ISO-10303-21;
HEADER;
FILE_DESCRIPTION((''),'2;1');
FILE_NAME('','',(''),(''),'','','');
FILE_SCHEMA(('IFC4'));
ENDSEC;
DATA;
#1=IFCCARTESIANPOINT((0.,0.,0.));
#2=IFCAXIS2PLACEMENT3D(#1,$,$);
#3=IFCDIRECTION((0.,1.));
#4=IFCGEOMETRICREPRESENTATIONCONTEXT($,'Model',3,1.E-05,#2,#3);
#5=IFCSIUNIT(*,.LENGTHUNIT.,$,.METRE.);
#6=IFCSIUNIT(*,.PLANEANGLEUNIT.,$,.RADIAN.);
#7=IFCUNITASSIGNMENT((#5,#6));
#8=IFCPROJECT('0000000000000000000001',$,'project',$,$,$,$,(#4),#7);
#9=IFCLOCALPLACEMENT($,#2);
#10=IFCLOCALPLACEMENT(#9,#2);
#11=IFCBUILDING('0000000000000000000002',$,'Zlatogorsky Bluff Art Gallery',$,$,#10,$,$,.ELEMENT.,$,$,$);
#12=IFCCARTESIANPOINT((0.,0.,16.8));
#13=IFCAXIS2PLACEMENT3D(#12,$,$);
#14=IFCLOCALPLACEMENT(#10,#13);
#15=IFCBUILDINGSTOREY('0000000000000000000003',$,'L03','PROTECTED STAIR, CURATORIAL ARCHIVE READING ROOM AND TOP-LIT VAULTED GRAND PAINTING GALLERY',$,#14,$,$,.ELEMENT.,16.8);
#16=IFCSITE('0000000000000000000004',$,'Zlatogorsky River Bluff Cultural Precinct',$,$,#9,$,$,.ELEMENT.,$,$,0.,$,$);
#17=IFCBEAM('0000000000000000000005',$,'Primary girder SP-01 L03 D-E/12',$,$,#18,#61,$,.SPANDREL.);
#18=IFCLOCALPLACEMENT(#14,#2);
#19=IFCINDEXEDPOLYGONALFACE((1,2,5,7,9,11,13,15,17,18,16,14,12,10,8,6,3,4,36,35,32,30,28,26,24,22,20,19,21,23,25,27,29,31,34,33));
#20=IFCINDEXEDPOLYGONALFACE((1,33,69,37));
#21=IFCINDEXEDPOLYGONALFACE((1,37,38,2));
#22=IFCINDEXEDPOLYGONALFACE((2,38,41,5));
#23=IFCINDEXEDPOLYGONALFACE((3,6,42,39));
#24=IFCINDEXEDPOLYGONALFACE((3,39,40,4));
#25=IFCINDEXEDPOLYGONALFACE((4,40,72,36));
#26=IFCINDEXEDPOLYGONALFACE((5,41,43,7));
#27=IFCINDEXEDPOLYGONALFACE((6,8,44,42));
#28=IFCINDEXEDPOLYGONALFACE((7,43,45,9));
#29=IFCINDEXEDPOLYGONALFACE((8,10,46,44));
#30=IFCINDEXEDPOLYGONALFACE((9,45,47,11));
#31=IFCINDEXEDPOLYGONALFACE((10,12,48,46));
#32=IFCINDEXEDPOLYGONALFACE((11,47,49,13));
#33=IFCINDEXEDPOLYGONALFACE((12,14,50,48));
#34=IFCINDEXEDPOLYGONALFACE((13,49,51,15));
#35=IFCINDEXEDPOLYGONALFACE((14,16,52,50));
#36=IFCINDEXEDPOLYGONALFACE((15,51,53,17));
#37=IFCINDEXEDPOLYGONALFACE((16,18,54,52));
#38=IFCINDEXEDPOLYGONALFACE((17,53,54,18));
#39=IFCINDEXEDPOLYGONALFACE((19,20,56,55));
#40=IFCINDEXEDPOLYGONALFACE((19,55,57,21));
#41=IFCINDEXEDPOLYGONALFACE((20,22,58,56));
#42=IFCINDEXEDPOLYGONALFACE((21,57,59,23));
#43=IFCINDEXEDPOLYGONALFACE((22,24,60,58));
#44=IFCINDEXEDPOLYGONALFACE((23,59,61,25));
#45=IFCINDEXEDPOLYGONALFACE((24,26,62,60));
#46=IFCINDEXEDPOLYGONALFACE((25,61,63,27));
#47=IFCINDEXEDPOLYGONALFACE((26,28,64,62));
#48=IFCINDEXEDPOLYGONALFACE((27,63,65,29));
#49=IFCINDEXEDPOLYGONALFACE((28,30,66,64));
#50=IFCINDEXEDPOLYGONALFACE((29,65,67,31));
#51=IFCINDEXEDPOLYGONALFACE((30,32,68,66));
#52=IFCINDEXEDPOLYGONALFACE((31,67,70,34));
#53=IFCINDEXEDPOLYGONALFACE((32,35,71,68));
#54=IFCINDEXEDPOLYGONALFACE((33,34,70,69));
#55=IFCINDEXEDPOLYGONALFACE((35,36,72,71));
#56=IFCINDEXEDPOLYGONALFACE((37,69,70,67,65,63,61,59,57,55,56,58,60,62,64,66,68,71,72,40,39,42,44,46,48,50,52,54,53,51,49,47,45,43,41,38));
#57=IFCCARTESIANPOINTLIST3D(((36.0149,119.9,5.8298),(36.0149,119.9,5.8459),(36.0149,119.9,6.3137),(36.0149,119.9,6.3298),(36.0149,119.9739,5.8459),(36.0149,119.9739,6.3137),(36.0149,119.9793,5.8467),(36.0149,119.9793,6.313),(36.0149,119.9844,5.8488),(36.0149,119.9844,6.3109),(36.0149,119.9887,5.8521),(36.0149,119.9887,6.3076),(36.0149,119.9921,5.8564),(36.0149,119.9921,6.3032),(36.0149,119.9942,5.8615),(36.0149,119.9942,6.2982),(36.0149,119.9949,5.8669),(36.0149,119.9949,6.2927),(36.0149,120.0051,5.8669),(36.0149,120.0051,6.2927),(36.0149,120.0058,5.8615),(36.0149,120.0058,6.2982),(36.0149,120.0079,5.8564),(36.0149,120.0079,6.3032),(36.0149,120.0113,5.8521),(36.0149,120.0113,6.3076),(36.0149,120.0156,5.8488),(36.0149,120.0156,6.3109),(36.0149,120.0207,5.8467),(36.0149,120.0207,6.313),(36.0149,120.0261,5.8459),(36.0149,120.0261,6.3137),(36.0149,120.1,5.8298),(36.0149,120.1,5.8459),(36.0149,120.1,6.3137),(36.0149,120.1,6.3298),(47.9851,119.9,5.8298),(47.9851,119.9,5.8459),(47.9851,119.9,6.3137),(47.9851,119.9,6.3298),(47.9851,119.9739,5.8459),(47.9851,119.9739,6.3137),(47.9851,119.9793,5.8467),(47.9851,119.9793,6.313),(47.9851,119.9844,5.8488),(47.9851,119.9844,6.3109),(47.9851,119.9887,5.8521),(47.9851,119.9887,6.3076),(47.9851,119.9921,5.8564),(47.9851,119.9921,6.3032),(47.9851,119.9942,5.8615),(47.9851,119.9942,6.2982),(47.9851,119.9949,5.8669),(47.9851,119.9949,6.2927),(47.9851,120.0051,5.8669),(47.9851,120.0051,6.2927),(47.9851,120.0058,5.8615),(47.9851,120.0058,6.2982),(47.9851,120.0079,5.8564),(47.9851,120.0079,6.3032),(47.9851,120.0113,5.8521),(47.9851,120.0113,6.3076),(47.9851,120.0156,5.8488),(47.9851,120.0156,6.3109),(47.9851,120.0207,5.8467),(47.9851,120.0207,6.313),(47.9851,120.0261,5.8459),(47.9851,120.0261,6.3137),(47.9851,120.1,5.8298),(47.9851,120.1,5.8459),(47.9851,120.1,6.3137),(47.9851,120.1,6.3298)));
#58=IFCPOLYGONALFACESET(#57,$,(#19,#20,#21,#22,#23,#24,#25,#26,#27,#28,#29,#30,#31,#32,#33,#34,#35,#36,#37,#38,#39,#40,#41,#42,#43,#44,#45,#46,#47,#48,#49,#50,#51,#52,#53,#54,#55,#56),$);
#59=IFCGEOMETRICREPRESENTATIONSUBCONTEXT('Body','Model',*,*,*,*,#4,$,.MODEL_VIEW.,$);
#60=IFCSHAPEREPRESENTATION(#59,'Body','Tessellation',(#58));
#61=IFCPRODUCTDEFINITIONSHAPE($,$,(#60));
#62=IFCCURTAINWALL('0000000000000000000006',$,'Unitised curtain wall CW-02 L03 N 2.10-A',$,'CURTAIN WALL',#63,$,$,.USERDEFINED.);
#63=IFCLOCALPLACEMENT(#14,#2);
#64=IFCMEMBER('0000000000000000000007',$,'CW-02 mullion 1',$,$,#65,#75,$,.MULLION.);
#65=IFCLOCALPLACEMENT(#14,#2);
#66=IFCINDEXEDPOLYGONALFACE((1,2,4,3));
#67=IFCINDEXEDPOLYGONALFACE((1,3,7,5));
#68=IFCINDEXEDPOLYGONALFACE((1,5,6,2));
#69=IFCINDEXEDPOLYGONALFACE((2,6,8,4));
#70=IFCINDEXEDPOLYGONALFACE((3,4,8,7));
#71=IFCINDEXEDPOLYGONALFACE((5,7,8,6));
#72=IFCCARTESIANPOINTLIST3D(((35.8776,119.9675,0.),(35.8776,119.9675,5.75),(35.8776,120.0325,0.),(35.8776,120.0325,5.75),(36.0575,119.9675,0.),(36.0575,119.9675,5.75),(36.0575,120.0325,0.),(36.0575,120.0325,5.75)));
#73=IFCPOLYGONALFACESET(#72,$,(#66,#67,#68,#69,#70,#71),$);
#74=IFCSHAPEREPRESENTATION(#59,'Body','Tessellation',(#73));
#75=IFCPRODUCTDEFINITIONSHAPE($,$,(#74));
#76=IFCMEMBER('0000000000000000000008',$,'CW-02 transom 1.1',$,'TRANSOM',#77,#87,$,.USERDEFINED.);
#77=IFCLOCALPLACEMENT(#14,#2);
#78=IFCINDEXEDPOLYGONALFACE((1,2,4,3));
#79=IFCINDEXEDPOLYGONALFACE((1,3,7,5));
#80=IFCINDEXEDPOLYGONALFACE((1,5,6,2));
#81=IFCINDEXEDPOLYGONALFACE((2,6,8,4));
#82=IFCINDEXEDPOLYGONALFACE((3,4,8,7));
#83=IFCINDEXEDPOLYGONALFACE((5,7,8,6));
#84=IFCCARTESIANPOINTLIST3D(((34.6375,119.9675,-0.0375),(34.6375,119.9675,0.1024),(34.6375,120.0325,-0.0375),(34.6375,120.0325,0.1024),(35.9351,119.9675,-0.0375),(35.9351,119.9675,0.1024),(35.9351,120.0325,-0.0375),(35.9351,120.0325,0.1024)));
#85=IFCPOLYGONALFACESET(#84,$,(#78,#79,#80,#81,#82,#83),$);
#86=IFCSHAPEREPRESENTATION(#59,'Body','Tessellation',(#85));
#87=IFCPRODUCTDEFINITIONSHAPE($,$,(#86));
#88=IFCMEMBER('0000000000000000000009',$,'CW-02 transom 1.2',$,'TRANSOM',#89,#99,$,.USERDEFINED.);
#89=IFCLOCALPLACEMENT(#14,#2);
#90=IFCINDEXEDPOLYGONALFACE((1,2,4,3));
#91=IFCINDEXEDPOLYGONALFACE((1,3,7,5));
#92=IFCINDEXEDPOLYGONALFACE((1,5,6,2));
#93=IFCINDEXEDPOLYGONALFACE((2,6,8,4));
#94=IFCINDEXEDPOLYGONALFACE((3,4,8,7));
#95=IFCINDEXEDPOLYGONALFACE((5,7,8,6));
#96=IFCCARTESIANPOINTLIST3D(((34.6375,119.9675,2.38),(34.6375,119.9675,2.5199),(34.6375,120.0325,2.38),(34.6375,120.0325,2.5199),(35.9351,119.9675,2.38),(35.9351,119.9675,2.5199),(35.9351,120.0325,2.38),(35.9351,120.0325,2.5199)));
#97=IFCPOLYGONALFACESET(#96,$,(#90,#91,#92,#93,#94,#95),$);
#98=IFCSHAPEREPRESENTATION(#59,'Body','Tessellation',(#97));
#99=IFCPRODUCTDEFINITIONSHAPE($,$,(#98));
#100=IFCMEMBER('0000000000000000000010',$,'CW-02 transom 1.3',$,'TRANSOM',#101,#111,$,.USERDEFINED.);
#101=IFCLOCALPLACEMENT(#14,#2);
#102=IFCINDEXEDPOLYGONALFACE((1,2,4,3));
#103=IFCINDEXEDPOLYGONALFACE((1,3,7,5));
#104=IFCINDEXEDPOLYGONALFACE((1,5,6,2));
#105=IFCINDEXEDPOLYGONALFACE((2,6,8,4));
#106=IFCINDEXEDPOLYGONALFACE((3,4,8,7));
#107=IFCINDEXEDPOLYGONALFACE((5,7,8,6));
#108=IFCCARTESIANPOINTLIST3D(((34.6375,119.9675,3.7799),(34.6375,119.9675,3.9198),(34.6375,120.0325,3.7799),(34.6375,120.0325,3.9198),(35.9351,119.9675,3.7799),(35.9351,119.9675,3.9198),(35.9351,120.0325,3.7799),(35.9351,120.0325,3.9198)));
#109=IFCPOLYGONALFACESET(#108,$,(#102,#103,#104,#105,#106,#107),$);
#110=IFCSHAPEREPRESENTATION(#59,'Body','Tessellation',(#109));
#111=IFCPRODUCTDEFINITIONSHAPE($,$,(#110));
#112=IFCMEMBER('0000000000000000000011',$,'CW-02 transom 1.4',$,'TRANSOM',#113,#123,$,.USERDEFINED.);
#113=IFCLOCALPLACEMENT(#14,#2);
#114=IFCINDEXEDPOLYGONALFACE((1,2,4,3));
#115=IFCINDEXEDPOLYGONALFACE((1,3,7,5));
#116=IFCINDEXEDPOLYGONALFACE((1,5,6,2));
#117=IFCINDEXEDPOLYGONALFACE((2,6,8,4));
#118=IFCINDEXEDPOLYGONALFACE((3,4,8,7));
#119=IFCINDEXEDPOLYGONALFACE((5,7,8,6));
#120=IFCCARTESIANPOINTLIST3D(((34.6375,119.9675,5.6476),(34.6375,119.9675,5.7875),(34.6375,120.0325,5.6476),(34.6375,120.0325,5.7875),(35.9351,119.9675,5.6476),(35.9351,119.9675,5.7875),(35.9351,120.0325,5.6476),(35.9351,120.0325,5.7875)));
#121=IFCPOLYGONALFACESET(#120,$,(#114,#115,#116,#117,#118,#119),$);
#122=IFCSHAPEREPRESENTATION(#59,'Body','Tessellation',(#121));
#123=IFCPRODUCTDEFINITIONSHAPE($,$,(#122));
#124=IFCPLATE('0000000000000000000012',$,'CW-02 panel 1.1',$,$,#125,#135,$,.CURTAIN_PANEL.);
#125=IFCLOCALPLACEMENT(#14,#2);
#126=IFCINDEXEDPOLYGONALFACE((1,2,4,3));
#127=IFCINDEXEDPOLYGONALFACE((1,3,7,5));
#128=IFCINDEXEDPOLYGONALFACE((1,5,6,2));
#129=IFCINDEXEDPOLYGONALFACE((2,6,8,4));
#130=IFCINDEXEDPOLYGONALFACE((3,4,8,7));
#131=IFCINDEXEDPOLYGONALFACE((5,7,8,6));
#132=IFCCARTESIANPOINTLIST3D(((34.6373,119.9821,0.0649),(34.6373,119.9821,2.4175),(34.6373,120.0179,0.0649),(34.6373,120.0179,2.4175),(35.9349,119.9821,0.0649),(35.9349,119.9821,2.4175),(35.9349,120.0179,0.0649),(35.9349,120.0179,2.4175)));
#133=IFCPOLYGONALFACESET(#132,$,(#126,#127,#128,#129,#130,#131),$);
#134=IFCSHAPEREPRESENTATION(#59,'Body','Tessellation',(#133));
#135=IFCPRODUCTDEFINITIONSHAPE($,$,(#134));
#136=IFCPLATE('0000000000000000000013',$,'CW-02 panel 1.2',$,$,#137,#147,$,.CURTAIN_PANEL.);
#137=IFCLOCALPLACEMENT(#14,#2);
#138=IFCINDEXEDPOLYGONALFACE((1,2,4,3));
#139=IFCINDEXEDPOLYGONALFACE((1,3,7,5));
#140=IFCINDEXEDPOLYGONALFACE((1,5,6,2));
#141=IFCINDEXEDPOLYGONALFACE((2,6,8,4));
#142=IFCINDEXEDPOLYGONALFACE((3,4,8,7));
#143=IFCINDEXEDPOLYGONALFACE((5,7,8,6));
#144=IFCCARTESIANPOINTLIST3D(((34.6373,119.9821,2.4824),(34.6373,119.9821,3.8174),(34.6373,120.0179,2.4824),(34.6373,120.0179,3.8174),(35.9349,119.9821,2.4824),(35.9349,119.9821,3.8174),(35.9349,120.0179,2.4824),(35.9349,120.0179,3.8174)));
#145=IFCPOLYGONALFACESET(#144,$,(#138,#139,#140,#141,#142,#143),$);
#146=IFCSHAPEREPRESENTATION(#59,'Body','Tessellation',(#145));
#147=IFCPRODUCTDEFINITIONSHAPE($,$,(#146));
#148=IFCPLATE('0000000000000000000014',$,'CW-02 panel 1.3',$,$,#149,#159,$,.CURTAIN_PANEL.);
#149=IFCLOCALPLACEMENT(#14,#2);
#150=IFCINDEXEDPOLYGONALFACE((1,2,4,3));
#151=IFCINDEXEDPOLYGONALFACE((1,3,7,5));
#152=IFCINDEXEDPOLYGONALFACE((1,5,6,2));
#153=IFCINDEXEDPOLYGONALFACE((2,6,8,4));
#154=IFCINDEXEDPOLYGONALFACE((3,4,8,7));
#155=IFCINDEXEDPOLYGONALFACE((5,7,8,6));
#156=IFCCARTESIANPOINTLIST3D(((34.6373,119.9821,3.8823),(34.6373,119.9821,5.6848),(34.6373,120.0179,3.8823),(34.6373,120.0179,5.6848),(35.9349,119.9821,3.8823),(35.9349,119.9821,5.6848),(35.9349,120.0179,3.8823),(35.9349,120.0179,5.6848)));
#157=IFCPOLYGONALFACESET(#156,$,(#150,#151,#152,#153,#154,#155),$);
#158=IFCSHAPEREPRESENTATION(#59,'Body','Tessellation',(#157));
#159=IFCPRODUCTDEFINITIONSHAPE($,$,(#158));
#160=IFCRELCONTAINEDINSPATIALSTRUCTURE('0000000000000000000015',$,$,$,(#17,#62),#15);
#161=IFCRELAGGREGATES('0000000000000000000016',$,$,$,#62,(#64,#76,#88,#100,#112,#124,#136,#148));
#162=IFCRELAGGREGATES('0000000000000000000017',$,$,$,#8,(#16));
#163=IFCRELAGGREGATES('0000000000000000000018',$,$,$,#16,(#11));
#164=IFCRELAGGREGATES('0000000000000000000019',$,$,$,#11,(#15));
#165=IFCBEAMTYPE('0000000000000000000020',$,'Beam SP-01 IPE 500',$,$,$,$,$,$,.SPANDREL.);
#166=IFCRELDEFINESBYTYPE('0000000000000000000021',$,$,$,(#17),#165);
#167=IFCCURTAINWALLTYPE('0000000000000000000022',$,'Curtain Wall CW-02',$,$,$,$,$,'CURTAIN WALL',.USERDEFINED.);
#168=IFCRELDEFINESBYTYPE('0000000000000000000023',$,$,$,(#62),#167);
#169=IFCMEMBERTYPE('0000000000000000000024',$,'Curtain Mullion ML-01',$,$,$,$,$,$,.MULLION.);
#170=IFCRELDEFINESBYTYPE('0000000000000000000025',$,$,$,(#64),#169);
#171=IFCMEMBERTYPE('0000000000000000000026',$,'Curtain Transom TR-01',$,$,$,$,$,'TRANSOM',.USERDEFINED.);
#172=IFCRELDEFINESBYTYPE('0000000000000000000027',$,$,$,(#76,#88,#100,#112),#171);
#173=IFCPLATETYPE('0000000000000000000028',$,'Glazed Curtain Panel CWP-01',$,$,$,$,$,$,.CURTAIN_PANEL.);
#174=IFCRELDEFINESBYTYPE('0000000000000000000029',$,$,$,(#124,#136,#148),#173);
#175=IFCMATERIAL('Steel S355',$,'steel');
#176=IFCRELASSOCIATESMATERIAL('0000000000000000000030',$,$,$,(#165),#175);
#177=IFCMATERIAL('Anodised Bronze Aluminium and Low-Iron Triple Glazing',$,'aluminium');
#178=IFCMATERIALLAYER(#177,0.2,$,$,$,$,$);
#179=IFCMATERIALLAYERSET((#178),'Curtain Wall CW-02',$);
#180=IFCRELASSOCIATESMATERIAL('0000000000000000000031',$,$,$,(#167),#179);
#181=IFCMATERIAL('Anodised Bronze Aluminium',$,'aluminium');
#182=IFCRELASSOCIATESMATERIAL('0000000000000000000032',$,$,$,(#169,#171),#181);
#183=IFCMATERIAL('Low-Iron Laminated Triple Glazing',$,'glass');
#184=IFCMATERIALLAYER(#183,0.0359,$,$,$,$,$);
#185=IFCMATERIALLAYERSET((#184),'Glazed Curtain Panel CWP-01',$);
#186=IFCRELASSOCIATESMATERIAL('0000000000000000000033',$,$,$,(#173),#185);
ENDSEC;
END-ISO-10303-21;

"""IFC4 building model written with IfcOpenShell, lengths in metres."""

from ifc_helpers import new_model, si_unit, direction, frame, origin, origin_2d, place, context, subcontext, project, spatial, rectangle, i_section, extrude, material, layer, layer_set, material_profile, profile_set, type_object, element, aggregate, save


model = new_model("IFC4")

# Units and contexts
model_context = context("Model", 3, precision=1e-05, world=origin(), true_north=direction((0.0, 1.0)))
body_context = subcontext(model_context, "Body", "Model", "MODEL_VIEW")
ifc_project = project(units=[si_unit("LENGTHUNIT", "METRE"), si_unit("PLANEANGLEUNIT", "RADIAN")], contexts=[model_context])

# Site, building, storey
site_placement = place(None, origin())
site = spatial("IfcSite", under=ifc_project, at=site_placement, Name="Zlatogorsky River Bluff Cultural Precinct", CompositionType="ELEMENT", RefElevation=0.0)
building_placement = place(site_placement, origin())
building = spatial("IfcBuilding", under=site, at=building_placement, Name="Zlatogorsky Bluff Art Gallery", CompositionType="ELEMENT")
storey_placement = place(building_placement, frame((0.0, 0.0, 16.8)))
storey = spatial("IfcBuildingStorey", under=building, at=storey_placement, Name="L03", Description="PROTECTED STAIR, CURATORIAL ARCHIVE READING ROOM AND TOP-LIT VAULTED GRAND PAINTING GALLERY", CompositionType="ELEMENT", Elevation=16.8)

# Shared definitions
ifc_material_1 = material(Name="Steel S355", Category="steel")

# Beam
ifc_material_profile_1 = material_profile(ifc_material_1, i_section(OverallWidth=0.2, OverallDepth=0.5, WebThickness=0.0103, FlangeThickness=0.0161, FilletRadius=0.021, at=origin_2d()), Name="IPE 500")
ifc_profile_set_1 = profile_set([ifc_material_profile_1], Name="Steel S355")
beam_type_1 = type_object("IfcBeamType", Name="Beam SP-01 IPE 500", PredefinedType="SPANDREL", material=ifc_profile_set_1)
beam_placement = place(storey_placement, frame((36.0149, 120.0, 6.0798), z_axis=(1.0, 0.0, 0.0), x_axis=(0.0, 1.0, 0.0)))
element("IfcBeam", 1, at=beam_placement, inside=storey, type_object=beam_type_1, Name="Primary girder SP-01 L03 D-E/12", PredefinedType="SPANDREL", context=body_context, shape_type="SweptSolid", body=[
    extrude(i_section(OverallWidth=0.2, OverallDepth=0.5, WebThickness=0.0103, FlangeThickness=0.0161, FilletRadius=0.021, at=origin_2d()), origin(), (0.0, 0.0, 1.0), 11.9702),
])

# Curtain wall, members, plates
ifc_material_2 = material(Name="Anodised Bronze Aluminium and Low-Iron Triple Glazing", Category="aluminium")
ifc_layer_1 = layer(ifc_material_2, 0.2)
ifc_layer_set_1 = layer_set([ifc_layer_1], Name="Curtain Wall CW-02")
curtain_wall_type = type_object("IfcCurtainWallType", Name="Curtain Wall CW-02", ElementType="CURTAIN WALL", PredefinedType="USERDEFINED", material=ifc_layer_set_1)
curtain_wall_placement = place(storey_placement, origin())
curtain_wall = element("IfcCurtainWall", 2, at=curtain_wall_placement, inside=storey, type_object=curtain_wall_type, Name="Unitised curtain wall CW-02 L03 N 2.10-A", ObjectType="CURTAIN WALL", PredefinedType="USERDEFINED")
ifc_material_3 = material(Name="Anodised Bronze Aluminium", Category="aluminium")
ifc_material_profile_2 = material_profile(ifc_material_3, rectangle(XDim=0.0649, YDim=0.1799, at=origin_2d()), Name="ALU MULLION 65x180")
ifc_profile_set_2 = profile_set([ifc_material_profile_2], Name="Anodised Bronze Aluminium")
member_type_1 = type_object("IfcMemberType", Name="Curtain Mullion ML-01", PredefinedType="MULLION", material=ifc_profile_set_2)
member_1_placement = place(storey_placement, frame((35.9675, 120.0, 0.0), z_axis=(0.0, 0.0, 1.0), x_axis=(0.0, -1.0, 0.0)))
member_1 = element("IfcMember", 3, at=member_1_placement, type_object=member_type_1, Name="CW-02 mullion 1", PredefinedType="MULLION", context=body_context, shape_type="SweptSolid", body=[
    extrude(rectangle(XDim=0.0649, YDim=0.1799, at=origin_2d()), origin(), (0.0, 0.0, 1.0), 5.75),
])
ifc_material_profile_3 = material_profile(ifc_material_3, rectangle(XDim=0.0649, YDim=0.1399, at=origin_2d()), Name="ALU TRANSOM 65x140")
ifc_profile_set_3 = profile_set([ifc_material_profile_3], Name="Anodised Bronze Aluminium")
member_type_2 = type_object("IfcMemberType", Name="Curtain Transom TR-01", ElementType="TRANSOM", PredefinedType="USERDEFINED", material=ifc_profile_set_3)
member_2_placement = place(storey_placement, frame((35.9351, 120.0, 0.0325), z_axis=(-1.0, 0.0, 0.0), x_axis=(0.0, -1.0, 0.0)))
member_2 = element("IfcMember", 4, at=member_2_placement, type_object=member_type_2, Name="CW-02 transom 1.1", ObjectType="TRANSOM", PredefinedType="USERDEFINED", context=body_context, shape_type="SweptSolid", body=[
    extrude(rectangle(XDim=0.0649, YDim=0.1399, at=origin_2d()), origin(), (0.0, 0.0, 1.0), 1.2976),
])
member_3_placement = place(storey_placement, frame((35.9351, 120.0, 2.45), z_axis=(-1.0, 0.0, 0.0), x_axis=(0.0, -1.0, 0.0)))
member_3 = element("IfcMember", 5, at=member_3_placement, type_object=member_type_2, Name="CW-02 transom 1.2", ObjectType="TRANSOM", PredefinedType="USERDEFINED", context=body_context, shape_type="SweptSolid", body=[
    extrude(rectangle(XDim=0.0649, YDim=0.1399, at=origin_2d()), origin(), (0.0, 0.0, 1.0), 1.2976),
])
member_4_placement = place(storey_placement, frame((35.9351, 120.0, 3.8499), z_axis=(-1.0, 0.0, 0.0), x_axis=(0.0, -1.0, 0.0)))
member_4 = element("IfcMember", 6, at=member_4_placement, type_object=member_type_2, Name="CW-02 transom 1.3", ObjectType="TRANSOM", PredefinedType="USERDEFINED", context=body_context, shape_type="SweptSolid", body=[
    extrude(rectangle(XDim=0.0649, YDim=0.1399, at=origin_2d()), origin(), (0.0, 0.0, 1.0), 1.2976),
])
member_5_placement = place(storey_placement, frame((35.9351, 120.0, 5.7175), z_axis=(-1.0, 0.0, 0.0), x_axis=(0.0, -1.0, 0.0)))
member_5 = element("IfcMember", 7, at=member_5_placement, type_object=member_type_2, Name="CW-02 transom 1.4", ObjectType="TRANSOM", PredefinedType="USERDEFINED", context=body_context, shape_type="SweptSolid", body=[
    extrude(rectangle(XDim=0.0649, YDim=0.1399, at=origin_2d()), origin(), (0.0, 0.0, 1.0), 1.2976),
])
ifc_material_4 = material(Name="Low-Iron Laminated Triple Glazing", Category="glass")
ifc_layer_2 = layer(ifc_material_4, 0.0359)
ifc_layer_set_2 = layer_set([ifc_layer_2], Name="Glazed Curtain Panel CWP-01")
plate_type = type_object("IfcPlateType", Name="Glazed Curtain Panel CWP-01", PredefinedType="CURTAIN_PANEL", material=ifc_layer_set_2)
plate_1_placement = place(storey_placement, frame((35.2861, 120.0, 0.0649), z_axis=(0.0, 0.0, 1.0), x_axis=(-1.0, 0.0, 0.0)))
plate_1 = element("IfcPlate", 8, at=plate_1_placement, type_object=plate_type, Name="CW-02 panel 1.1", PredefinedType="CURTAIN_PANEL", context=body_context, shape_type="SweptSolid", body=[
    extrude(rectangle(XDim=1.2976, YDim=0.0359, at=origin_2d()), origin(), (0.0, 0.0, 1.0), 2.3525),
])
plate_2_placement = place(storey_placement, frame((35.2861, 120.0, 2.4824), z_axis=(0.0, 0.0, 1.0), x_axis=(-1.0, 0.0, 0.0)))
plate_2 = element("IfcPlate", 9, at=plate_2_placement, type_object=plate_type, Name="CW-02 panel 1.2", PredefinedType="CURTAIN_PANEL", context=body_context, shape_type="SweptSolid", body=[
    extrude(rectangle(XDim=1.2976, YDim=0.0359, at=origin_2d()), origin(), (0.0, 0.0, 1.0), 1.335),
])
plate_3_placement = place(storey_placement, frame((35.2861, 120.0, 3.8823), z_axis=(0.0, 0.0, 1.0), x_axis=(-1.0, 0.0, 0.0)))
plate_3 = element("IfcPlate", 10, at=plate_3_placement, type_object=plate_type, Name="CW-02 panel 1.3", PredefinedType="CURTAIN_PANEL", context=body_context, shape_type="SweptSolid", body=[
    extrude(rectangle(XDim=1.2976, YDim=0.0359, at=origin_2d()), origin(), (0.0, 0.0, 1.0), 1.8025),
])
aggregate(curtain_wall, [member_1, member_2, member_3, member_4, member_5, plate_1, plate_2, plate_3])

save(model, "model.ifc")
